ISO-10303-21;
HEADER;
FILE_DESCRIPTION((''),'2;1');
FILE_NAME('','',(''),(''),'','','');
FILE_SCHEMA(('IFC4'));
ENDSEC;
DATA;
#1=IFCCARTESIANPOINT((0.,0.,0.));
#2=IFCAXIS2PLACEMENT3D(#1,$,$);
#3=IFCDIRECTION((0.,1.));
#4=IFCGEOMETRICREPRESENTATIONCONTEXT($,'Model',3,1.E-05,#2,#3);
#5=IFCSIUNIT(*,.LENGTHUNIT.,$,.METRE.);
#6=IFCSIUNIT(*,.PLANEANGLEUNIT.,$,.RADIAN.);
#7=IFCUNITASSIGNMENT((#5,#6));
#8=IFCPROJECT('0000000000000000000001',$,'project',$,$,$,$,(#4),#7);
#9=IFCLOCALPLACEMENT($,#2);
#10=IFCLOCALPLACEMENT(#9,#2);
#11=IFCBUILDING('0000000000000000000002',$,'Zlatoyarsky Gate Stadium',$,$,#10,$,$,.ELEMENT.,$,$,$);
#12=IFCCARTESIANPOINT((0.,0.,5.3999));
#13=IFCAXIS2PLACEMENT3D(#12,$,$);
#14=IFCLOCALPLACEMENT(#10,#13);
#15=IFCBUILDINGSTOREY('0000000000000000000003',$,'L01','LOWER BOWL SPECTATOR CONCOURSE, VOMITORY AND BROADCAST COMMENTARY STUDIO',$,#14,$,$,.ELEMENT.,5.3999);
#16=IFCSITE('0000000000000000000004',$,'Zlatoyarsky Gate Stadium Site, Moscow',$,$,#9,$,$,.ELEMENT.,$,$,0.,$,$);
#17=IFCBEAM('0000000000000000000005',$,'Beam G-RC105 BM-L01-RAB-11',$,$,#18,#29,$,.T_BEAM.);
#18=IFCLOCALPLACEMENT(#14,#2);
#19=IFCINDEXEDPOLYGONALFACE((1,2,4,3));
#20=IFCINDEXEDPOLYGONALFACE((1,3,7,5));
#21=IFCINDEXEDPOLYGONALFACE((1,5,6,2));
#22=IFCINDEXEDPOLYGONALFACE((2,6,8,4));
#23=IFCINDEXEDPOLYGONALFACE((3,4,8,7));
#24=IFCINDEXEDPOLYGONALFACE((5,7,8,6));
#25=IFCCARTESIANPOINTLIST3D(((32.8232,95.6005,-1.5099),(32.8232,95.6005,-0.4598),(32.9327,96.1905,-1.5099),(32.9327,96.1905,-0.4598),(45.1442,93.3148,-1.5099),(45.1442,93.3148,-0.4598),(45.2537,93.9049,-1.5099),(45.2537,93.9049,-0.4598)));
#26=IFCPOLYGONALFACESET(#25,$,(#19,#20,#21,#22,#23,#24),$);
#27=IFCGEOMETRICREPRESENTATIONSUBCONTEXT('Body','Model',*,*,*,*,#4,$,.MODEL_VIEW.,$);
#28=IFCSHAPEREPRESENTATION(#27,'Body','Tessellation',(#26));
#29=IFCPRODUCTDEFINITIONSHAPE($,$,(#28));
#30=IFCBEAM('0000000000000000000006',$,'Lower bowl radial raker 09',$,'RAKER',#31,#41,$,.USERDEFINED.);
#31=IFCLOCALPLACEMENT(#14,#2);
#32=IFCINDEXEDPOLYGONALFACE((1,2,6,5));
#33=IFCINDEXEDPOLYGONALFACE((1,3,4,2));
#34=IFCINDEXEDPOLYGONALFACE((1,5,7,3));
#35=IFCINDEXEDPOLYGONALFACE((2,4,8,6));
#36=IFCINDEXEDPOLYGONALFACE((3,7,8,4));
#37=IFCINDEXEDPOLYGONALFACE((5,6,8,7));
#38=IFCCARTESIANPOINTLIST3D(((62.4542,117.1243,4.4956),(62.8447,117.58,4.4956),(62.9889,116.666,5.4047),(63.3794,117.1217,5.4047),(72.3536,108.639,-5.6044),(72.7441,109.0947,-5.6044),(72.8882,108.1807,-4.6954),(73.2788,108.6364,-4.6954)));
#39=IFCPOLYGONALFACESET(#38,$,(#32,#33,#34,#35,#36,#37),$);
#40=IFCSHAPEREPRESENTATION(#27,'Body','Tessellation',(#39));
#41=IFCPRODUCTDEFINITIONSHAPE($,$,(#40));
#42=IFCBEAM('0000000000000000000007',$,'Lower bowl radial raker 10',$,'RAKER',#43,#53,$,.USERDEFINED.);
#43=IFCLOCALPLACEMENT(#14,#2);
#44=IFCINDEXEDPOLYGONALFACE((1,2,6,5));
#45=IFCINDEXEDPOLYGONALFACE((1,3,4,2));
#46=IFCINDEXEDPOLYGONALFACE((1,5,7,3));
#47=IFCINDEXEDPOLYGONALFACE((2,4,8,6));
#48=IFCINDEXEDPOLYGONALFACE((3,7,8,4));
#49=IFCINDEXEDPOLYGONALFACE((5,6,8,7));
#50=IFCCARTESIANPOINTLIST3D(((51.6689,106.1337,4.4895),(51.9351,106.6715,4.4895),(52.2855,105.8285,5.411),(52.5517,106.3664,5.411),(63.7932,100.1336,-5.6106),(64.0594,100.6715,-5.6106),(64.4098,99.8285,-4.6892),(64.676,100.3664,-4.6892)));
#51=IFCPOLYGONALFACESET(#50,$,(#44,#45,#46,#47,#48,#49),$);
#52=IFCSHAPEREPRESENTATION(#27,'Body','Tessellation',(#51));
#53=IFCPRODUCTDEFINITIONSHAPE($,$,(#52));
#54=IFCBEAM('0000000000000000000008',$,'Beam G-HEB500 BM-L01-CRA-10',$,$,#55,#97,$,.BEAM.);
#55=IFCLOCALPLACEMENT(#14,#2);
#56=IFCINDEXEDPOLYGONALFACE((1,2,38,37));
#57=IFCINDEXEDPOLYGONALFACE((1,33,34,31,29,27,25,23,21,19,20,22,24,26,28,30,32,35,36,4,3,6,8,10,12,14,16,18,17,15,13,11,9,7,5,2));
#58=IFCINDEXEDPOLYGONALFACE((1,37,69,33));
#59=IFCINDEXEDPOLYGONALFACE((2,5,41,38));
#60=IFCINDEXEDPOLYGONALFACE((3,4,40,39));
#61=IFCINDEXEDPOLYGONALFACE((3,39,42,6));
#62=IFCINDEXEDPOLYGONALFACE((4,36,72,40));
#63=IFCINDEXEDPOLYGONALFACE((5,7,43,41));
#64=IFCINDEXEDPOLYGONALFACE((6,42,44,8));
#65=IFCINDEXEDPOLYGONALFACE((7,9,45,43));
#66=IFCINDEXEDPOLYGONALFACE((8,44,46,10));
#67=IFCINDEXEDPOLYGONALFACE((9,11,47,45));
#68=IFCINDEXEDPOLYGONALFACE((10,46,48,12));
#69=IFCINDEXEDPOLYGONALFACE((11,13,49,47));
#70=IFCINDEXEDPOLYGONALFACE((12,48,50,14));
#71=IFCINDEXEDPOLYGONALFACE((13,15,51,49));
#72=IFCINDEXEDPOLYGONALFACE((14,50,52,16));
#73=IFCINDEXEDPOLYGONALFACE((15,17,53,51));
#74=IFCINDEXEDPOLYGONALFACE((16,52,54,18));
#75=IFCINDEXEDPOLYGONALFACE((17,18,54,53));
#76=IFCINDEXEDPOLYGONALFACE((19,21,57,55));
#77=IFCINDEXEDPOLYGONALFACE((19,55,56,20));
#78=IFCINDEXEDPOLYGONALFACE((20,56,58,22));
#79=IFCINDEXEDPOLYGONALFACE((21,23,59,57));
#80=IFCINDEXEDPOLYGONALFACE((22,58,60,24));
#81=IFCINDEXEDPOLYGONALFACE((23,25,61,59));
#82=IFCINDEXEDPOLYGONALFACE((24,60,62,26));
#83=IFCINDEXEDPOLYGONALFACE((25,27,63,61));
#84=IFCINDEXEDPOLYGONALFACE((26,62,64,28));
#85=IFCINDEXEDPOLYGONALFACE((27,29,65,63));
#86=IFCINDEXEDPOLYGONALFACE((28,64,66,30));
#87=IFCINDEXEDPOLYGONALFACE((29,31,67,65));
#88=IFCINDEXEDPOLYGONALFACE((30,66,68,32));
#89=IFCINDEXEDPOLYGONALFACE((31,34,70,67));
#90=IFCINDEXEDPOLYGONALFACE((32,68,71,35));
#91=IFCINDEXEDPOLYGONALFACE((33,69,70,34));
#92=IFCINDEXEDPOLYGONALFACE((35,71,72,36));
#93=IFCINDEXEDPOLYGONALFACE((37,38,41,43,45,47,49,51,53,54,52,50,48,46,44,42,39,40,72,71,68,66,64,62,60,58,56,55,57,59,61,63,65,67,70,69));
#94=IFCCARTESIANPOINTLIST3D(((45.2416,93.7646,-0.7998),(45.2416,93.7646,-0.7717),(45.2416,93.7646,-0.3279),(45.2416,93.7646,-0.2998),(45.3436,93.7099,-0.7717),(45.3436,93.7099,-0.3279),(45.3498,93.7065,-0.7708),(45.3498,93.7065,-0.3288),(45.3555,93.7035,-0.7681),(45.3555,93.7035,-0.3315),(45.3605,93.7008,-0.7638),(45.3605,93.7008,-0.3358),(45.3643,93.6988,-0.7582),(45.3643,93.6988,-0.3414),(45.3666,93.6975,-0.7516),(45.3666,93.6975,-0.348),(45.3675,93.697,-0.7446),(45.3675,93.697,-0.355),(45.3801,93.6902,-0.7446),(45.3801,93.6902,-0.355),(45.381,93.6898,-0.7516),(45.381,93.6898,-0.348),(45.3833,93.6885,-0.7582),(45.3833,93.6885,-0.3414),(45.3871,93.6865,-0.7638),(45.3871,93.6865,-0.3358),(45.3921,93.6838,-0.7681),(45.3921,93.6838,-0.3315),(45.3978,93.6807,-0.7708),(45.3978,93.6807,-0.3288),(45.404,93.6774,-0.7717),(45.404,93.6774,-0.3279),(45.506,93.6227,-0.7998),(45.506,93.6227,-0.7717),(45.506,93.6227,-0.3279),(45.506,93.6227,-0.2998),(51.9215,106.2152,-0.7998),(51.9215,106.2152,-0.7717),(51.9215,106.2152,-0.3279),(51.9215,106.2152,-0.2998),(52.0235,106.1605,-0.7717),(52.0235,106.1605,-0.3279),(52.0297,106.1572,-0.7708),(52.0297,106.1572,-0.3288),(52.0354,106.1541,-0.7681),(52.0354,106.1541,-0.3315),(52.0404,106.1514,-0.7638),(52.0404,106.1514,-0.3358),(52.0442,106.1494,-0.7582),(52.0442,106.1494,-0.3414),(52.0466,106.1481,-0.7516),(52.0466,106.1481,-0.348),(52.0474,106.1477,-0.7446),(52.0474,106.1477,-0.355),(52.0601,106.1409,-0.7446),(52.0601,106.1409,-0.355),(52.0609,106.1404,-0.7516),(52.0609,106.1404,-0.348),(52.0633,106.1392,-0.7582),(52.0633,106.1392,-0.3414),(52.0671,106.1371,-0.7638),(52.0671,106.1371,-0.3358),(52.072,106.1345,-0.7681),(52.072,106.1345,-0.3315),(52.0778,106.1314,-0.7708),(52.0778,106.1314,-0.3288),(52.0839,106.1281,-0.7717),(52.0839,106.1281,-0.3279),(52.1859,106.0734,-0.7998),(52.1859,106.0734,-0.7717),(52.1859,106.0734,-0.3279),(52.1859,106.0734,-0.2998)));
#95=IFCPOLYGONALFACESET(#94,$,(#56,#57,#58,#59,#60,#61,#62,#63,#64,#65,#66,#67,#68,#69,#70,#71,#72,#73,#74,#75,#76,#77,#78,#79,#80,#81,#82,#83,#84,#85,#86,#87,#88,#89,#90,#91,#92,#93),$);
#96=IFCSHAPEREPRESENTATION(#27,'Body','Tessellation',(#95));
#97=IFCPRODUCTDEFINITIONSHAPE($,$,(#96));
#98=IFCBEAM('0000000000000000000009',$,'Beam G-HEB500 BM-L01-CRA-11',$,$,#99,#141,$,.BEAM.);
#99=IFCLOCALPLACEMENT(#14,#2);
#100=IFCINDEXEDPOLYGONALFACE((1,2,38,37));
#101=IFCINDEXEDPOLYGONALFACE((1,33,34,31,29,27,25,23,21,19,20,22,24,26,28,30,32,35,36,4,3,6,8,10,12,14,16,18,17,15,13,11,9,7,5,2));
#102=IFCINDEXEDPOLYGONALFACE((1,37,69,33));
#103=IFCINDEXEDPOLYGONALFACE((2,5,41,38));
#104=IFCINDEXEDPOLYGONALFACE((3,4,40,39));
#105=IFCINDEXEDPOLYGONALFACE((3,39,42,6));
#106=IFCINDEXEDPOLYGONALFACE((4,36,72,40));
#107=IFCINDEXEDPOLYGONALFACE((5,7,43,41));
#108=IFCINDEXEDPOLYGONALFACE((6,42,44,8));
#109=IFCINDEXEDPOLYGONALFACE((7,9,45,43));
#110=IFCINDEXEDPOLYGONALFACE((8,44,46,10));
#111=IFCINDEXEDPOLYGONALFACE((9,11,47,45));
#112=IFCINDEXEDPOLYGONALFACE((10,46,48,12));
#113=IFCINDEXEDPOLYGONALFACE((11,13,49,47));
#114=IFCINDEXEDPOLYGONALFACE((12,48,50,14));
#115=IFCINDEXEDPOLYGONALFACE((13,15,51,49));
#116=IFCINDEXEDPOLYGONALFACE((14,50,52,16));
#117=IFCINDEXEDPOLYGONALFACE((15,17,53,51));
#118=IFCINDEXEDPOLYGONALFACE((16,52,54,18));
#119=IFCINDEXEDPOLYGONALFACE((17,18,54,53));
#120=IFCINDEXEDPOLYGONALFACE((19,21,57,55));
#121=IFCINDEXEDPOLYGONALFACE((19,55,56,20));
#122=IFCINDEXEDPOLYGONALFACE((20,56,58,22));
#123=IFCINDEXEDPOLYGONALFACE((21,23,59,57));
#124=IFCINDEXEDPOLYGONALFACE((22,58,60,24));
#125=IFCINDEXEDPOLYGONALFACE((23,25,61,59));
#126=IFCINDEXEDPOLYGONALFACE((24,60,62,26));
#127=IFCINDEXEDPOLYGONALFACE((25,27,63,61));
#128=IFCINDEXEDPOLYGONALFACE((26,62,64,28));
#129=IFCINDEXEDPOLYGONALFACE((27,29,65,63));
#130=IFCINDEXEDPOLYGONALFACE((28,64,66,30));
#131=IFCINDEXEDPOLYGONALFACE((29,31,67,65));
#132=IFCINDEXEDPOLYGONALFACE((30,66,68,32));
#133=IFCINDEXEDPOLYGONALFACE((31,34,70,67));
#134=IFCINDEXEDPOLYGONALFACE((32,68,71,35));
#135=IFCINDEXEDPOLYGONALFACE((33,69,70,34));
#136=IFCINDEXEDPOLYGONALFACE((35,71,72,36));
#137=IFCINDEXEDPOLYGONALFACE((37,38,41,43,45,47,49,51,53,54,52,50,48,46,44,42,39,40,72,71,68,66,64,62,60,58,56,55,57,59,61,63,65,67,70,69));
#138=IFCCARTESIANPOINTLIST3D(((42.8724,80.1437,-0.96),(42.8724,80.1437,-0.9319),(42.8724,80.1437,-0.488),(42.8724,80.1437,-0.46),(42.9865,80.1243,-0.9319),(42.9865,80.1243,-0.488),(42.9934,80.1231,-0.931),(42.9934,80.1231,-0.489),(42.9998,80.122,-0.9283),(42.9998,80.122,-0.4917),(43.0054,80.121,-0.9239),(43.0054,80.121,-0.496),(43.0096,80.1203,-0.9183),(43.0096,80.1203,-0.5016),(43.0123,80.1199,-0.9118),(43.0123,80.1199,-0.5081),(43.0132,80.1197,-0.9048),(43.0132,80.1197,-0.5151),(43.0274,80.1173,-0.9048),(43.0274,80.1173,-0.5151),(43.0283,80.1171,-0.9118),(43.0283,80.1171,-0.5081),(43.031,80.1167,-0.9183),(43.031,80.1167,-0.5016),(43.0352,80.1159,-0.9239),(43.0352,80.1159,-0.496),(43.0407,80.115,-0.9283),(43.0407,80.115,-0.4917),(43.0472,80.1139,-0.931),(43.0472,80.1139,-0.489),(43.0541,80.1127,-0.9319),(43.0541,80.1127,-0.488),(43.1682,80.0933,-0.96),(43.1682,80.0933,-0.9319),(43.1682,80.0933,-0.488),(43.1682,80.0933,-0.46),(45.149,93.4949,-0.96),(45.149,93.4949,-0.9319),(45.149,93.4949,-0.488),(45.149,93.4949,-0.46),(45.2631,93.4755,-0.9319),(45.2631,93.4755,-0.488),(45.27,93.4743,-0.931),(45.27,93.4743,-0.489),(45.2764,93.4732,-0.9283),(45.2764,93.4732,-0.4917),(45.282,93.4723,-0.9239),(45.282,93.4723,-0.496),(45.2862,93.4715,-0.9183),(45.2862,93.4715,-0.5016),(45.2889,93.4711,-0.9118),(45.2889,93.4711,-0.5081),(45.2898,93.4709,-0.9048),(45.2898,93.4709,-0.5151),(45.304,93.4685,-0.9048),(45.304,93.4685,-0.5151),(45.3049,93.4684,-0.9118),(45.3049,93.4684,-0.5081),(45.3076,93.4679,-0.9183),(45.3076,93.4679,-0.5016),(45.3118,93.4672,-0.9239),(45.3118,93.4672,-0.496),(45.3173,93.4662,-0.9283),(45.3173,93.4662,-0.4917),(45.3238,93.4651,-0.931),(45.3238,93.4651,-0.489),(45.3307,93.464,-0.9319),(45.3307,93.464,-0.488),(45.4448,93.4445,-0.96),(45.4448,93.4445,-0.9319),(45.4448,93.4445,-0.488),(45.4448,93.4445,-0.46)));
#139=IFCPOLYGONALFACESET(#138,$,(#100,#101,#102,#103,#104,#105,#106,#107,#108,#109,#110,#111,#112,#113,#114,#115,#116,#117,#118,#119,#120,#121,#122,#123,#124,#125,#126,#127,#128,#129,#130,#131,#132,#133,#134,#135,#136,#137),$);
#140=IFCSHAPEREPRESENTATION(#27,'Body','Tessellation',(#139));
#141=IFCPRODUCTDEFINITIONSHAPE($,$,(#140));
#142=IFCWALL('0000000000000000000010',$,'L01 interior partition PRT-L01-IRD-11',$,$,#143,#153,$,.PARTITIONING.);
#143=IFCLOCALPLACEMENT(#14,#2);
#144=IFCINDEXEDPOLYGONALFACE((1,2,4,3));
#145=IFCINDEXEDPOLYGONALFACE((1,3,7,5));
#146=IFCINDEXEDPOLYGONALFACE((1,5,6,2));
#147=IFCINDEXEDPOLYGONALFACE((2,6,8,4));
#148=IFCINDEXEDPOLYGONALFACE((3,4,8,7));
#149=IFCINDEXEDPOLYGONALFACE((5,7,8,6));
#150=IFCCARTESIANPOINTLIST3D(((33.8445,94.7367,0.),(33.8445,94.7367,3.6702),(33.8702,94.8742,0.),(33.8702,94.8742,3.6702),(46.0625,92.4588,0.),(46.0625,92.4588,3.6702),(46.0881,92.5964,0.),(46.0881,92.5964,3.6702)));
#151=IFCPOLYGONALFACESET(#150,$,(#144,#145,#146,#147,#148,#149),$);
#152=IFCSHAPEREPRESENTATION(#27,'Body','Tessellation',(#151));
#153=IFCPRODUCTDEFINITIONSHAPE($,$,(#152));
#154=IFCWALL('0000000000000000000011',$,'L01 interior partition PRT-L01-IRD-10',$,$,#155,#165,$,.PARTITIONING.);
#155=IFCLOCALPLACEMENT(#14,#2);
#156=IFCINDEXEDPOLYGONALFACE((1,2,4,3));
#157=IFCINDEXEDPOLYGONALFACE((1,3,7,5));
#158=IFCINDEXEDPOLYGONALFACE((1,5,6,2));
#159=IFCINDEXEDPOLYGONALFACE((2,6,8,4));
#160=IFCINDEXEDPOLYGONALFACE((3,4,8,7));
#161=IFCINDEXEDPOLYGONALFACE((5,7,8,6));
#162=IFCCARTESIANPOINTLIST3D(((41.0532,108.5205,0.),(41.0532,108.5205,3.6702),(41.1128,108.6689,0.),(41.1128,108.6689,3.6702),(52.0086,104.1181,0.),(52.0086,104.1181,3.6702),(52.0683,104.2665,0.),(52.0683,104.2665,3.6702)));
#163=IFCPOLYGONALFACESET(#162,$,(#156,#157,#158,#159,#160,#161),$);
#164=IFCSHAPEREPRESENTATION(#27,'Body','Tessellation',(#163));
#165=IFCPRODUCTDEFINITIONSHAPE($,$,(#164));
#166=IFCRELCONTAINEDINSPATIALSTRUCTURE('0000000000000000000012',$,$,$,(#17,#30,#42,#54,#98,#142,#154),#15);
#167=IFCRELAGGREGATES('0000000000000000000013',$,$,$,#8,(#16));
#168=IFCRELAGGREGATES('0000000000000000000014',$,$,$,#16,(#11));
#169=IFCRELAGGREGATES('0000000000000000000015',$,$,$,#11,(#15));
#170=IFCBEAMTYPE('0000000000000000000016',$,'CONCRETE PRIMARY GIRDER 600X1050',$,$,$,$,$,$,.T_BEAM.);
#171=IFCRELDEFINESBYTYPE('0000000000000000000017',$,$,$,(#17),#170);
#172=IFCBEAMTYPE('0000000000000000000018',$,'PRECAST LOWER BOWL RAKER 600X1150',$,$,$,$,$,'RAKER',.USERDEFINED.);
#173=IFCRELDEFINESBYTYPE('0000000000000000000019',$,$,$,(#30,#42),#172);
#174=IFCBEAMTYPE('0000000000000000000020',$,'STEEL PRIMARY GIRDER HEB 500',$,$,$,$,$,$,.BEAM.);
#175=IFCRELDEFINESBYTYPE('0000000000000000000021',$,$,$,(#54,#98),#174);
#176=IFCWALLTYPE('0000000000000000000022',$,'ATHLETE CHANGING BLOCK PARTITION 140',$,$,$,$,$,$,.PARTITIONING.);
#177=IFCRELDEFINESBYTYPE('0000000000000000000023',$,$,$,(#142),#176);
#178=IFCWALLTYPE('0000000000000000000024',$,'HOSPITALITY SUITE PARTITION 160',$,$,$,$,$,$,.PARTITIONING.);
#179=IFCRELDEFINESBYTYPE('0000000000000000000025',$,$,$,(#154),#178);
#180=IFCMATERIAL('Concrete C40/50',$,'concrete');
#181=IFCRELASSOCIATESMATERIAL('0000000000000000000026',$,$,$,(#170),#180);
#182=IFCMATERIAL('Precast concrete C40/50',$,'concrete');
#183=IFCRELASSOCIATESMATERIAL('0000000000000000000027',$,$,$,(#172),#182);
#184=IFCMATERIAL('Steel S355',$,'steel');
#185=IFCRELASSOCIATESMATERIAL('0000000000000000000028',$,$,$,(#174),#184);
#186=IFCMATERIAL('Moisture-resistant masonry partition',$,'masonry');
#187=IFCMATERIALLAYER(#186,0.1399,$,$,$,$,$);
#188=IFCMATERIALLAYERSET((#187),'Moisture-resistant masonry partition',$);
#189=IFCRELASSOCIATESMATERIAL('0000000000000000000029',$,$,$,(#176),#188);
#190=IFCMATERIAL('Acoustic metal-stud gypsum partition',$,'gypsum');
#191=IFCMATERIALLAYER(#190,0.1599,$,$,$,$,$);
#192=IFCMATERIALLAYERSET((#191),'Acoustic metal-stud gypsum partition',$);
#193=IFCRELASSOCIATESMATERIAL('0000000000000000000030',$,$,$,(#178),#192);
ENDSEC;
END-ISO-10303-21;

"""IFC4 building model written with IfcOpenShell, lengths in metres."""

from ifc_helpers import new_model, si_unit, direction, frame, frame_2d, origin, origin_2d, place, context, subcontext, project, spatial, rectangle, i_section, extrude, material, layer, layer_set, material_profile, profile_set, type_object, element, save


model = new_model("IFC4")

# Units and contexts
model_context = context("Model", 3, precision=1e-05, world=origin(), true_north=direction((0.0, 1.0)))
body_context = subcontext(model_context, "Body", "Model", "MODEL_VIEW")
ifc_project = project(units=[si_unit("LENGTHUNIT", "METRE"), si_unit("PLANEANGLEUNIT", "RADIAN")], contexts=[model_context])

# Site, building, storey
site_placement = place(None, origin())
site = spatial("IfcSite", under=ifc_project, at=site_placement, Name="Zlatoyarsky Gate Stadium Site, Moscow", CompositionType="ELEMENT", RefElevation=0.0)
building_placement = place(site_placement, origin())
building = spatial("IfcBuilding", under=site, at=building_placement, Name="Zlatoyarsky Gate Stadium", CompositionType="ELEMENT")
storey_placement = place(building_placement, frame((0.0, 0.0, 5.3999)))
storey = spatial("IfcBuildingStorey", under=building, at=storey_placement, Name="L01", Description="LOWER BOWL SPECTATOR CONCOURSE, VOMITORY AND BROADCAST COMMENTARY STUDIO", CompositionType="ELEMENT", Elevation=5.3999)

# Shared definitions
ifc_material_1 = material(Name="Concrete C40/50", Category="concrete")

# Beams
ifc_material_profile_1 = material_profile(ifc_material_1, rectangle(XDim=0.6001, YDim=1.05, at=origin_2d()), Name="RC GIRDER 600X1050")
ifc_profile_set_1 = profile_set([ifc_material_profile_1], Name="Concrete C40/50")
beam_type_1 = type_object("IfcBeamType", Name="CONCRETE PRIMARY GIRDER 600X1050", PredefinedType="T_BEAM", material=ifc_profile_set_1)
beam_1_placement = place(storey_placement, frame((45.199, 93.6099, -0.9849), z_axis=(-0.983225, 0.182396, 0.0), x_axis=(-0.182396, -0.983225, 0.0)))
element("IfcBeam", 1, at=beam_1_placement, inside=storey, type_object=beam_type_1, Name="Beam G-RC105 BM-L01-RAB-11", PredefinedType="T_BEAM", context=body_context, shape_type="SweptSolid", body=[
    extrude(rectangle(XDim=0.6001, YDim=1.05, at=origin_2d()), origin(), (0.0, 0.0, 1.0), 12.5312),
])
ifc_material_2 = material(Name="Precast concrete C40/50", Category="concrete")
ifc_material_profile_2 = material_profile(ifc_material_2, rectangle(XDim=0.6001, YDim=1.1499, at=origin_2d()), Name="PC RAKER 600X1150")
ifc_profile_set_2 = profile_set([ifc_material_profile_2], Name="Precast concrete C40/50")
beam_type_2 = type_object("IfcBeamType", Name="PRECAST LOWER BOWL RAKER 600X1150", ElementType="RAKER", PredefinedType="USERDEFINED", material=ifc_profile_set_2)
beam_2_placement = place(storey_placement, frame((72.8162, 108.6377, -5.1499), z_axis=(-0.600227, 0.514489, 0.612395), x_axis=(-0.650798, -0.759251, 0.0)))
element("IfcBeam", 2, at=beam_2_placement, inside=storey, type_object=beam_type_2, Name="Lower bowl radial raker 09", ObjectType="RAKER", PredefinedType="USERDEFINED", context=body_context, shape_type="SweptSolid", body=[
    extrude(rectangle(XDim=0.6001, YDim=1.1499, at=origin_2d()), origin(), (0.0, 0.0, 1.0), 16.4927),
])
beam_3_placement = place(storey_placement, frame((64.2346, 100.25, -5.1499), z_axis=(-0.718167, 0.355403, 0.598268), x_axis=(-0.443535, -0.896257, 0.0)))
element("IfcBeam", 3, at=beam_3_placement, inside=storey, type_object=beam_type_2, Name="Lower bowl radial raker 10", ObjectType="RAKER", PredefinedType="USERDEFINED", context=body_context, shape_type="SweptSolid", body=[
    extrude(rectangle(XDim=0.6001, YDim=1.1499, at=origin_2d()), origin(), (0.0, 0.0, 1.0), 16.8823),
])
ifc_material_3 = material(Name="Steel S355", Category="steel")
ifc_material_profile_3 = material_profile(ifc_material_3, i_section(OverallWidth=0.3, OverallDepth=0.5, WebThickness=0.0144, FlangeThickness=0.0281, FilletRadius=0.0271, at=origin_2d()), Name="HEB 500")
ifc_profile_set_3 = profile_set([ifc_material_profile_3], Name="Steel S355")
beam_type_3 = type_object("IfcBeamType", Name="STEEL PRIMARY GIRDER HEB 500", PredefinedType="BEAM", material=ifc_profile_set_3)
beam_4_placement = place(storey_placement, frame((52.0537, 106.1443, -0.5498), z_axis=(-0.472767, -0.881187, 0.0), x_axis=(0.881187, -0.472767, 0.0)))
element("IfcBeam", 4, at=beam_4_placement, inside=storey, type_object=beam_type_3, Name="Beam G-HEB500 BM-L01-CRA-10", PredefinedType="BEAM", context=body_context, shape_type="SweptSolid", body=[
    extrude(i_section(OverallWidth=0.3, OverallDepth=0.5, WebThickness=0.0144, FlangeThickness=0.0281, FilletRadius=0.0271, at=origin_2d()), origin(), (0.0, 0.0, 1.0), 14.1294),
])
beam_5_placement = place(storey_placement, frame((45.2969, 93.4697, -0.71), z_axis=(-0.16809, -0.985772, 0.0), x_axis=(0.985772, -0.16809, 0.0)))
element("IfcBeam", 5, at=beam_5_placement, inside=storey, type_object=beam_type_3, Name="Beam G-HEB500 BM-L01-CRA-11", PredefinedType="BEAM", context=body_context, shape_type="SweptSolid", body=[
    extrude(i_section(OverallWidth=0.3, OverallDepth=0.5, WebThickness=0.0144, FlangeThickness=0.0281, FilletRadius=0.0271, at=origin_2d()), origin(), (0.0, 0.0, 1.0), 13.5439),
])

# Walls
ifc_material_4 = material(Name="Moisture-resistant masonry partition", Category="masonry")
ifc_layer_1 = layer(ifc_material_4, 0.1399)
ifc_layer_set_1 = layer_set([ifc_layer_1], Name="Moisture-resistant masonry partition")
wall_type_1 = type_object("IfcWallType", Name="ATHLETE CHANGING BLOCK PARTITION 140", PredefinedType="PARTITIONING", material=ifc_layer_set_1)
wall_1_placement = place(storey_placement, frame((46.0754, 92.5276, 0.0), z_axis=(0.0, 0.0, 1.0), x_axis=(-0.983062, 0.183274, 0.0)))
element("IfcWall", 6, at=wall_1_placement, inside=storey, type_object=wall_type_1, Name="L01 interior partition PRT-L01-IRD-11", PredefinedType="PARTITIONING", context=body_context, shape_type="SweptSolid", body=[
    extrude(rectangle(XDim=12.4285, YDim=0.1399, at=frame_2d((6.2144, 0.0))), origin(), (0.0, 0.0, 1.0), 3.6702),
])
ifc_material_5 = material(Name="Acoustic metal-stud gypsum partition", Category="gypsum")
ifc_layer_2 = layer(ifc_material_5, 0.1599)
ifc_layer_set_2 = layer_set([ifc_layer_2], Name="Acoustic metal-stud gypsum partition")
wall_type_2 = type_object("IfcWallType", Name="HOSPITALITY SUITE PARTITION 160", PredefinedType="PARTITIONING", material=ifc_layer_set_2)
wall_2_placement = place(storey_placement, frame((52.0383, 104.1924, 0.0), z_axis=(0.0, 0.0, 1.0), x_axis=(-0.927885, 0.372866, 0.0)))
element("IfcWall", 7, at=wall_2_placement, inside=storey, type_object=wall_type_2, Name="L01 interior partition PRT-L01-IRD-10", PredefinedType="PARTITIONING", context=body_context, shape_type="SweptSolid", body=[
    extrude(rectangle(XDim=11.8069, YDim=0.1599, at=frame_2d((5.9033, 0.0))), origin(), (0.0, 0.0, 1.0), 3.6702),
])

save(model, "model.ifc")
